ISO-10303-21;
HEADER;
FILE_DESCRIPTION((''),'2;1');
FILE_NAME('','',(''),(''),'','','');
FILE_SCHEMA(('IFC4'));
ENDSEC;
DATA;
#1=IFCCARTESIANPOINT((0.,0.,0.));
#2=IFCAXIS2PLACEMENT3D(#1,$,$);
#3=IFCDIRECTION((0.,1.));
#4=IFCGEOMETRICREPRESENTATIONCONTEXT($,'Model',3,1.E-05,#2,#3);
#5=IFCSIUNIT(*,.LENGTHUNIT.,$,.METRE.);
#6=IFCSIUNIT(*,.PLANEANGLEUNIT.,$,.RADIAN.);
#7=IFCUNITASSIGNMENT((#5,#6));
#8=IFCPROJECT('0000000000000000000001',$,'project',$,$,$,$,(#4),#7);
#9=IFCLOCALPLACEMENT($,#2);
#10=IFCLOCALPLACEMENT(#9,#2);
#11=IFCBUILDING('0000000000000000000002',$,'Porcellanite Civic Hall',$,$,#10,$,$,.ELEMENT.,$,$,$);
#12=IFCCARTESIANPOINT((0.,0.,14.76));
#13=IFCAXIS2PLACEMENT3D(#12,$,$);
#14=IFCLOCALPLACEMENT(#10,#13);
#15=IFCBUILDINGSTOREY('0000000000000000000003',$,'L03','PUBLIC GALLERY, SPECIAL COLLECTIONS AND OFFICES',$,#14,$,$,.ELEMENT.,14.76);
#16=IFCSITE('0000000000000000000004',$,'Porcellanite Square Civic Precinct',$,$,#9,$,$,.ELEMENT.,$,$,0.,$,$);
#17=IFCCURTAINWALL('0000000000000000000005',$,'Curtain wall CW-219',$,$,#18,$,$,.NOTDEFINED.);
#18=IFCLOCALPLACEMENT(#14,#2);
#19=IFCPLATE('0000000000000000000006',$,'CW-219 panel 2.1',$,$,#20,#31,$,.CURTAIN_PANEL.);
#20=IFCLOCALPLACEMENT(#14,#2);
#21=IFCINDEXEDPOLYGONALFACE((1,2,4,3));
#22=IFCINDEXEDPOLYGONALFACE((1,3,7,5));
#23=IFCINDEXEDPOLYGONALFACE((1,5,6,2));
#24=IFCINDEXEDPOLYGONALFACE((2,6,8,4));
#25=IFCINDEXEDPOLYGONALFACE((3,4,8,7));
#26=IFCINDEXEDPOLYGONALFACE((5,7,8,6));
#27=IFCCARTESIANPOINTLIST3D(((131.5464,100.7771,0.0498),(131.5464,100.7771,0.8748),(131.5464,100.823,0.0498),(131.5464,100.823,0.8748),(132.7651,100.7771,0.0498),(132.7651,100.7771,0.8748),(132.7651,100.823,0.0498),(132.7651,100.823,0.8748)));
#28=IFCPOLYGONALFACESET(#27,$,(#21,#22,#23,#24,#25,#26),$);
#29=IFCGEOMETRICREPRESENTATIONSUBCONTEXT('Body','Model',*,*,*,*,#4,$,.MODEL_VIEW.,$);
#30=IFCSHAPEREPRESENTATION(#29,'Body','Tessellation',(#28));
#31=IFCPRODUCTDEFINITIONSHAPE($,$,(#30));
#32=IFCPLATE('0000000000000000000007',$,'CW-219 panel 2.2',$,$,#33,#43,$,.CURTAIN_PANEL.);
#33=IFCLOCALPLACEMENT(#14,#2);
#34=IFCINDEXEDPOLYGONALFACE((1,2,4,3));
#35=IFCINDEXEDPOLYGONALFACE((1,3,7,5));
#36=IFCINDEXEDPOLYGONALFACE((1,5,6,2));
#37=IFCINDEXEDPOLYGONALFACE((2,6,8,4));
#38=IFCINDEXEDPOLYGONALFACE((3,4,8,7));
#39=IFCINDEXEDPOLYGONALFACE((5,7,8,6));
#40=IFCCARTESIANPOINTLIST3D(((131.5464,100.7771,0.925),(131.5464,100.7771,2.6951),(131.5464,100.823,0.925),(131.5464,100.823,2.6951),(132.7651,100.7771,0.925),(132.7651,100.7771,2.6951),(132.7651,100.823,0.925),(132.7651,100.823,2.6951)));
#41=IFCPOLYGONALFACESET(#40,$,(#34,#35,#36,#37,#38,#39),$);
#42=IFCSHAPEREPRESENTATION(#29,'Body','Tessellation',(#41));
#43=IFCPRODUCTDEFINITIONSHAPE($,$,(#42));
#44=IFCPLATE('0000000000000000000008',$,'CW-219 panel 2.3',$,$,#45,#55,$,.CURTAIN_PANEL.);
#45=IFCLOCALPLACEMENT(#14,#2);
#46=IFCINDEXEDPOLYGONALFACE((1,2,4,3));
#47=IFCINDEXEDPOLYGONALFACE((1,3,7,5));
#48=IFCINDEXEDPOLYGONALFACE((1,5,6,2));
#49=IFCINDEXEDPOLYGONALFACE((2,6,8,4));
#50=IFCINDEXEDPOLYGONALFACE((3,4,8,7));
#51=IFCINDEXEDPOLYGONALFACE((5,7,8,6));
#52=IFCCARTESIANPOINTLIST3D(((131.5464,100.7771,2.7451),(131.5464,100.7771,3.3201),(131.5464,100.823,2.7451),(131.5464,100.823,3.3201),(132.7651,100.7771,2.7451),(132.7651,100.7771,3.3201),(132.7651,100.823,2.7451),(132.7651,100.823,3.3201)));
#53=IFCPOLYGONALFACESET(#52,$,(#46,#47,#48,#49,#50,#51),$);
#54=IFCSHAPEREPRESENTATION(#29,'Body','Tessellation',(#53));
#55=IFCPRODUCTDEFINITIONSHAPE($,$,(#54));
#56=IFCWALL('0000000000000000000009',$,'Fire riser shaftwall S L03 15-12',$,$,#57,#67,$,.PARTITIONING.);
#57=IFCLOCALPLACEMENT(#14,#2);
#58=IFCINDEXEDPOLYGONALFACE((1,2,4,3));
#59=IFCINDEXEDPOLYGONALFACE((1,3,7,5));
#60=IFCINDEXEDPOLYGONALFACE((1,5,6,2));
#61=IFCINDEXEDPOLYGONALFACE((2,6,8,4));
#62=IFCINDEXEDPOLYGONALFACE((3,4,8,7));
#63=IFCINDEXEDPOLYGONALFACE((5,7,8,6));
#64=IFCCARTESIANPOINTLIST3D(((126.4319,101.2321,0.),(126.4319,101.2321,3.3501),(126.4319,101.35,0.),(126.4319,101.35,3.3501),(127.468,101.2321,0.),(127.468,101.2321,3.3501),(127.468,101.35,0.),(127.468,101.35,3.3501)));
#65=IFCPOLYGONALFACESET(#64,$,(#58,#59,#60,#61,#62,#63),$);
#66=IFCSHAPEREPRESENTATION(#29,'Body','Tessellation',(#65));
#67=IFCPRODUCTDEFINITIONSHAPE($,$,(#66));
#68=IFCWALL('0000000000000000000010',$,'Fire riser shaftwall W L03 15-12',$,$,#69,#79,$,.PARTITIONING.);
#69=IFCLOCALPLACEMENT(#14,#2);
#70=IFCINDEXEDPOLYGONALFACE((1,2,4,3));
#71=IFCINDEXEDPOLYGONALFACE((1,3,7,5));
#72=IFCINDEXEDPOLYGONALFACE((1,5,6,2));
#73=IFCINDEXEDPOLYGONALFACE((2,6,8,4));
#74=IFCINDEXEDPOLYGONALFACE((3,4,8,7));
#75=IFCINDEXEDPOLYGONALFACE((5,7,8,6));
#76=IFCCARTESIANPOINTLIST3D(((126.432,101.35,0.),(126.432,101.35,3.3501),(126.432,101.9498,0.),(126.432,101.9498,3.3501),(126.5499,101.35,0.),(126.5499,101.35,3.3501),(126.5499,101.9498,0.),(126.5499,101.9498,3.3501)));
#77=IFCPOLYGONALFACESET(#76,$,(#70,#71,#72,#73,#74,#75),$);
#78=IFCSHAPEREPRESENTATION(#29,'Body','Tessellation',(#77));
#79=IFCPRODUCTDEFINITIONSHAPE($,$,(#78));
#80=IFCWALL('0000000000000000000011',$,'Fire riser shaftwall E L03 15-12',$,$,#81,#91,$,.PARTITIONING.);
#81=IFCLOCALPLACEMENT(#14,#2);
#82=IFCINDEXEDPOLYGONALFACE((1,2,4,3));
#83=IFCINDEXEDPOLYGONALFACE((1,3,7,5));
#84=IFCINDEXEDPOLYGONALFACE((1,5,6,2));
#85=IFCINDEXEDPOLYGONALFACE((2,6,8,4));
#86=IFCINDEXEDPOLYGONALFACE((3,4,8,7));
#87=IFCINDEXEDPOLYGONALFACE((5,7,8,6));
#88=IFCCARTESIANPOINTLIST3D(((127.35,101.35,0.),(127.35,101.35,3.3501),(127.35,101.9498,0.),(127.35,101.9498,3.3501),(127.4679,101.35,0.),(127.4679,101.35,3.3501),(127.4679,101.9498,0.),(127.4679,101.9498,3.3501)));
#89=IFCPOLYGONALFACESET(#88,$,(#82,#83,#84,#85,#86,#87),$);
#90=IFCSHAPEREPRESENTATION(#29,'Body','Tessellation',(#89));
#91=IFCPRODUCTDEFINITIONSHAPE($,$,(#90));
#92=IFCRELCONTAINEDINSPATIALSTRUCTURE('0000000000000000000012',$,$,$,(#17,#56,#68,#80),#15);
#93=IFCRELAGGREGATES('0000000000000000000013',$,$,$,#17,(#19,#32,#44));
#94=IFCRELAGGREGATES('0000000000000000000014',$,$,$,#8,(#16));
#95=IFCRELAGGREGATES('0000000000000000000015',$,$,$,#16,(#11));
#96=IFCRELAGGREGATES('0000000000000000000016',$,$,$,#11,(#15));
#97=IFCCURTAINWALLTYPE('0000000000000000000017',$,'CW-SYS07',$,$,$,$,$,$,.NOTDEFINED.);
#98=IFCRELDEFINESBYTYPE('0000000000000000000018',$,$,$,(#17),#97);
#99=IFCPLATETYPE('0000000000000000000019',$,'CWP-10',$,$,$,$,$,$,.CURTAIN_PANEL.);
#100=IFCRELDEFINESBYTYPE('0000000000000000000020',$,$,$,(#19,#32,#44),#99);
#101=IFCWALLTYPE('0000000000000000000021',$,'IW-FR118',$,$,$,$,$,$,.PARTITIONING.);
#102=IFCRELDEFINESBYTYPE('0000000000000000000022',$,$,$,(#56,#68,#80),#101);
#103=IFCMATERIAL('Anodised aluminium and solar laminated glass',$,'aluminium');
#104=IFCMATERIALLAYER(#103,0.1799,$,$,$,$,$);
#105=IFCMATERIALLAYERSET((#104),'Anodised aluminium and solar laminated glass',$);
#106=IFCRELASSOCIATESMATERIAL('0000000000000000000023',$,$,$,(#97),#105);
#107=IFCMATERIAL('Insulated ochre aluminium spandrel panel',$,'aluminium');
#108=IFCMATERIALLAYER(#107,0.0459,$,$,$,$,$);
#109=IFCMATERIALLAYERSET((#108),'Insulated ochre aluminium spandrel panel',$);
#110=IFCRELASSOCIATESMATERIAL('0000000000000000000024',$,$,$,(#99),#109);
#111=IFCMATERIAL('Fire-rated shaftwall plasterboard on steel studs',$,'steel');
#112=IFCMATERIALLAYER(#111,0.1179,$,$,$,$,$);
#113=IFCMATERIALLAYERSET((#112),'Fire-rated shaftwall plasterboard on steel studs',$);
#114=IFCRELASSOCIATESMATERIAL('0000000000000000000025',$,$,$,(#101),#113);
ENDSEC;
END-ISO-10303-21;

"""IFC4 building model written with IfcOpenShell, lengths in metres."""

from ifc_helpers import new_model, si_unit, direction, frame, frame_2d, origin, origin_2d, place, context, subcontext, project, spatial, rectangle, extrude, material, layer, layer_set, type_object, element, aggregate, save


model = new_model("IFC4")

# Units and contexts
model_context = context("Model", 3, precision=1e-05, world=origin(), true_north=direction((0.0, 1.0)))
body_context = subcontext(model_context, "Body", "Model", "MODEL_VIEW")
ifc_project = project(units=[si_unit("LENGTHUNIT", "METRE"), si_unit("PLANEANGLEUNIT", "RADIAN")], contexts=[model_context])

# Site, building, storey
site_placement = place(None, origin())
site = spatial("IfcSite", under=ifc_project, at=site_placement, Name="Porcellanite Square Civic Precinct", CompositionType="ELEMENT", RefElevation=0.0)
building_placement = place(site_placement, origin())
building = spatial("IfcBuilding", under=site, at=building_placement, Name="Porcellanite Civic Hall", CompositionType="ELEMENT")
storey_placement = place(building_placement, frame((0.0, 0.0, 14.76)))
storey = spatial("IfcBuildingStorey", under=building, at=storey_placement, Name="L03", Description="PUBLIC GALLERY, SPECIAL COLLECTIONS AND OFFICES", CompositionType="ELEMENT", Elevation=14.76)

# Curtain wall
ifc_material_1 = material(Name="Anodised aluminium and solar laminated glass", Category="aluminium")
ifc_layer_1 = layer(ifc_material_1, 0.1799)
ifc_layer_set_1 = layer_set([ifc_layer_1], Name="Anodised aluminium and solar laminated glass")
curtain_wall_type = type_object("IfcCurtainWallType", Name="CW-SYS07", PredefinedType="NOTDEFINED", material=ifc_layer_set_1)
curtain_wall_placement = place(storey_placement, origin())
curtain_wall = element("IfcCurtainWall", 1, at=curtain_wall_placement, inside=storey, type_object=curtain_wall_type, Name="Curtain wall CW-219", PredefinedType="NOTDEFINED")

# Plates
ifc_material_2 = material(Name="Insulated ochre aluminium spandrel panel", Category="aluminium")
ifc_layer_2 = layer(ifc_material_2, 0.0459)
ifc_layer_set_2 = layer_set([ifc_layer_2], Name="Insulated ochre aluminium spandrel panel")
plate_type = type_object("IfcPlateType", Name="CWP-10", PredefinedType="CURTAIN_PANEL", material=ifc_layer_set_2)
plate_1_placement = place(storey_placement, frame((132.1558, 100.8, 0.0498), z_axis=(0.0, 0.0, 1.0), x_axis=(-1.0, 0.0, 0.0)))
plate_1 = element("IfcPlate", 2, at=plate_1_placement, type_object=plate_type, Name="CW-219 panel 2.1", PredefinedType="CURTAIN_PANEL", context=body_context, shape_type="SweptSolid", body=[
    extrude(rectangle(XDim=1.2188, YDim=0.0459, at=origin_2d()), origin(), (0.0, 0.0, 1.0), 0.825),
])
plate_2_placement = place(storey_placement, frame((132.1558, 100.8, 0.925), z_axis=(0.0, 0.0, 1.0), x_axis=(-1.0, 0.0, 0.0)))
plate_2 = element("IfcPlate", 3, at=plate_2_placement, type_object=plate_type, Name="CW-219 panel 2.2", PredefinedType="CURTAIN_PANEL", context=body_context, shape_type="SweptSolid", body=[
    extrude(rectangle(XDim=1.2188, YDim=0.0459, at=origin_2d()), origin(), (0.0, 0.0, 1.0), 1.77),
])
plate_3_placement = place(storey_placement, frame((132.1558, 100.8, 2.7451), z_axis=(0.0, 0.0, 1.0), x_axis=(-1.0, 0.0, 0.0)))
plate_3 = element("IfcPlate", 4, at=plate_3_placement, type_object=plate_type, Name="CW-219 panel 2.3", PredefinedType="CURTAIN_PANEL", context=body_context, shape_type="SweptSolid", body=[
    extrude(rectangle(XDim=1.2188, YDim=0.0459, at=origin_2d()), origin(), (0.0, 0.0, 1.0), 0.575),
])
aggregate(curtain_wall, [plate_1, plate_2, plate_3])

# Walls
ifc_material_3 = material(Name="Fire-rated shaftwall plasterboard on steel studs", Category="steel")
ifc_layer_3 = layer(ifc_material_3, 0.1179)
ifc_layer_set_3 = layer_set([ifc_layer_3], Name="Fire-rated shaftwall plasterboard on steel studs")
wall_type = type_object("IfcWallType", Name="IW-FR118", PredefinedType="PARTITIONING", material=ifc_layer_set_3)
wall_placement = place(storey_placement, frame((126.4319, 101.291, 0.0), z_axis=(0.0, 0.0, 1.0), x_axis=(1.0, 0.0, 0.0)))
element("IfcWall", 5, at=wall_placement, inside=storey, type_object=wall_type, Name="Fire riser shaftwall S L03 15-12", PredefinedType="PARTITIONING", context=body_context, shape_type="SweptSolid", body=[
    extrude(rectangle(XDim=1.0361, YDim=0.1179, at=frame_2d((0.5181, 0.0))), origin(), (0.0, 0.0, 1.0), 3.3501),
])
for number, where, z_axis, x_axis, name in (
    (6, (126.491, 101.3501, 0.0), (0.0, 0.0, 1.0), (0.0, 1.0, 0.0), "Fire riser shaftwall W L03 15-12"),
    (7, (127.4089, 101.3501, 0.0), (0.0, 0.0, 1.0), (0.0, 1.0, 0.0), "Fire riser shaftwall E L03 15-12"),
):
    element("IfcWall", number, at=place(storey_placement, frame(where, z_axis=z_axis, x_axis=x_axis)), inside=storey, type_object=wall_type, Name=name, PredefinedType="PARTITIONING", context=body_context, shape_type="SweptSolid", body=[
        extrude(rectangle(XDim=0.5999, YDim=0.1179, at=frame_2d((0.2998, 0.0))), origin(), (0.0, 0.0, 1.0), 3.3501),
    ])

save(model, "model.ifc")
